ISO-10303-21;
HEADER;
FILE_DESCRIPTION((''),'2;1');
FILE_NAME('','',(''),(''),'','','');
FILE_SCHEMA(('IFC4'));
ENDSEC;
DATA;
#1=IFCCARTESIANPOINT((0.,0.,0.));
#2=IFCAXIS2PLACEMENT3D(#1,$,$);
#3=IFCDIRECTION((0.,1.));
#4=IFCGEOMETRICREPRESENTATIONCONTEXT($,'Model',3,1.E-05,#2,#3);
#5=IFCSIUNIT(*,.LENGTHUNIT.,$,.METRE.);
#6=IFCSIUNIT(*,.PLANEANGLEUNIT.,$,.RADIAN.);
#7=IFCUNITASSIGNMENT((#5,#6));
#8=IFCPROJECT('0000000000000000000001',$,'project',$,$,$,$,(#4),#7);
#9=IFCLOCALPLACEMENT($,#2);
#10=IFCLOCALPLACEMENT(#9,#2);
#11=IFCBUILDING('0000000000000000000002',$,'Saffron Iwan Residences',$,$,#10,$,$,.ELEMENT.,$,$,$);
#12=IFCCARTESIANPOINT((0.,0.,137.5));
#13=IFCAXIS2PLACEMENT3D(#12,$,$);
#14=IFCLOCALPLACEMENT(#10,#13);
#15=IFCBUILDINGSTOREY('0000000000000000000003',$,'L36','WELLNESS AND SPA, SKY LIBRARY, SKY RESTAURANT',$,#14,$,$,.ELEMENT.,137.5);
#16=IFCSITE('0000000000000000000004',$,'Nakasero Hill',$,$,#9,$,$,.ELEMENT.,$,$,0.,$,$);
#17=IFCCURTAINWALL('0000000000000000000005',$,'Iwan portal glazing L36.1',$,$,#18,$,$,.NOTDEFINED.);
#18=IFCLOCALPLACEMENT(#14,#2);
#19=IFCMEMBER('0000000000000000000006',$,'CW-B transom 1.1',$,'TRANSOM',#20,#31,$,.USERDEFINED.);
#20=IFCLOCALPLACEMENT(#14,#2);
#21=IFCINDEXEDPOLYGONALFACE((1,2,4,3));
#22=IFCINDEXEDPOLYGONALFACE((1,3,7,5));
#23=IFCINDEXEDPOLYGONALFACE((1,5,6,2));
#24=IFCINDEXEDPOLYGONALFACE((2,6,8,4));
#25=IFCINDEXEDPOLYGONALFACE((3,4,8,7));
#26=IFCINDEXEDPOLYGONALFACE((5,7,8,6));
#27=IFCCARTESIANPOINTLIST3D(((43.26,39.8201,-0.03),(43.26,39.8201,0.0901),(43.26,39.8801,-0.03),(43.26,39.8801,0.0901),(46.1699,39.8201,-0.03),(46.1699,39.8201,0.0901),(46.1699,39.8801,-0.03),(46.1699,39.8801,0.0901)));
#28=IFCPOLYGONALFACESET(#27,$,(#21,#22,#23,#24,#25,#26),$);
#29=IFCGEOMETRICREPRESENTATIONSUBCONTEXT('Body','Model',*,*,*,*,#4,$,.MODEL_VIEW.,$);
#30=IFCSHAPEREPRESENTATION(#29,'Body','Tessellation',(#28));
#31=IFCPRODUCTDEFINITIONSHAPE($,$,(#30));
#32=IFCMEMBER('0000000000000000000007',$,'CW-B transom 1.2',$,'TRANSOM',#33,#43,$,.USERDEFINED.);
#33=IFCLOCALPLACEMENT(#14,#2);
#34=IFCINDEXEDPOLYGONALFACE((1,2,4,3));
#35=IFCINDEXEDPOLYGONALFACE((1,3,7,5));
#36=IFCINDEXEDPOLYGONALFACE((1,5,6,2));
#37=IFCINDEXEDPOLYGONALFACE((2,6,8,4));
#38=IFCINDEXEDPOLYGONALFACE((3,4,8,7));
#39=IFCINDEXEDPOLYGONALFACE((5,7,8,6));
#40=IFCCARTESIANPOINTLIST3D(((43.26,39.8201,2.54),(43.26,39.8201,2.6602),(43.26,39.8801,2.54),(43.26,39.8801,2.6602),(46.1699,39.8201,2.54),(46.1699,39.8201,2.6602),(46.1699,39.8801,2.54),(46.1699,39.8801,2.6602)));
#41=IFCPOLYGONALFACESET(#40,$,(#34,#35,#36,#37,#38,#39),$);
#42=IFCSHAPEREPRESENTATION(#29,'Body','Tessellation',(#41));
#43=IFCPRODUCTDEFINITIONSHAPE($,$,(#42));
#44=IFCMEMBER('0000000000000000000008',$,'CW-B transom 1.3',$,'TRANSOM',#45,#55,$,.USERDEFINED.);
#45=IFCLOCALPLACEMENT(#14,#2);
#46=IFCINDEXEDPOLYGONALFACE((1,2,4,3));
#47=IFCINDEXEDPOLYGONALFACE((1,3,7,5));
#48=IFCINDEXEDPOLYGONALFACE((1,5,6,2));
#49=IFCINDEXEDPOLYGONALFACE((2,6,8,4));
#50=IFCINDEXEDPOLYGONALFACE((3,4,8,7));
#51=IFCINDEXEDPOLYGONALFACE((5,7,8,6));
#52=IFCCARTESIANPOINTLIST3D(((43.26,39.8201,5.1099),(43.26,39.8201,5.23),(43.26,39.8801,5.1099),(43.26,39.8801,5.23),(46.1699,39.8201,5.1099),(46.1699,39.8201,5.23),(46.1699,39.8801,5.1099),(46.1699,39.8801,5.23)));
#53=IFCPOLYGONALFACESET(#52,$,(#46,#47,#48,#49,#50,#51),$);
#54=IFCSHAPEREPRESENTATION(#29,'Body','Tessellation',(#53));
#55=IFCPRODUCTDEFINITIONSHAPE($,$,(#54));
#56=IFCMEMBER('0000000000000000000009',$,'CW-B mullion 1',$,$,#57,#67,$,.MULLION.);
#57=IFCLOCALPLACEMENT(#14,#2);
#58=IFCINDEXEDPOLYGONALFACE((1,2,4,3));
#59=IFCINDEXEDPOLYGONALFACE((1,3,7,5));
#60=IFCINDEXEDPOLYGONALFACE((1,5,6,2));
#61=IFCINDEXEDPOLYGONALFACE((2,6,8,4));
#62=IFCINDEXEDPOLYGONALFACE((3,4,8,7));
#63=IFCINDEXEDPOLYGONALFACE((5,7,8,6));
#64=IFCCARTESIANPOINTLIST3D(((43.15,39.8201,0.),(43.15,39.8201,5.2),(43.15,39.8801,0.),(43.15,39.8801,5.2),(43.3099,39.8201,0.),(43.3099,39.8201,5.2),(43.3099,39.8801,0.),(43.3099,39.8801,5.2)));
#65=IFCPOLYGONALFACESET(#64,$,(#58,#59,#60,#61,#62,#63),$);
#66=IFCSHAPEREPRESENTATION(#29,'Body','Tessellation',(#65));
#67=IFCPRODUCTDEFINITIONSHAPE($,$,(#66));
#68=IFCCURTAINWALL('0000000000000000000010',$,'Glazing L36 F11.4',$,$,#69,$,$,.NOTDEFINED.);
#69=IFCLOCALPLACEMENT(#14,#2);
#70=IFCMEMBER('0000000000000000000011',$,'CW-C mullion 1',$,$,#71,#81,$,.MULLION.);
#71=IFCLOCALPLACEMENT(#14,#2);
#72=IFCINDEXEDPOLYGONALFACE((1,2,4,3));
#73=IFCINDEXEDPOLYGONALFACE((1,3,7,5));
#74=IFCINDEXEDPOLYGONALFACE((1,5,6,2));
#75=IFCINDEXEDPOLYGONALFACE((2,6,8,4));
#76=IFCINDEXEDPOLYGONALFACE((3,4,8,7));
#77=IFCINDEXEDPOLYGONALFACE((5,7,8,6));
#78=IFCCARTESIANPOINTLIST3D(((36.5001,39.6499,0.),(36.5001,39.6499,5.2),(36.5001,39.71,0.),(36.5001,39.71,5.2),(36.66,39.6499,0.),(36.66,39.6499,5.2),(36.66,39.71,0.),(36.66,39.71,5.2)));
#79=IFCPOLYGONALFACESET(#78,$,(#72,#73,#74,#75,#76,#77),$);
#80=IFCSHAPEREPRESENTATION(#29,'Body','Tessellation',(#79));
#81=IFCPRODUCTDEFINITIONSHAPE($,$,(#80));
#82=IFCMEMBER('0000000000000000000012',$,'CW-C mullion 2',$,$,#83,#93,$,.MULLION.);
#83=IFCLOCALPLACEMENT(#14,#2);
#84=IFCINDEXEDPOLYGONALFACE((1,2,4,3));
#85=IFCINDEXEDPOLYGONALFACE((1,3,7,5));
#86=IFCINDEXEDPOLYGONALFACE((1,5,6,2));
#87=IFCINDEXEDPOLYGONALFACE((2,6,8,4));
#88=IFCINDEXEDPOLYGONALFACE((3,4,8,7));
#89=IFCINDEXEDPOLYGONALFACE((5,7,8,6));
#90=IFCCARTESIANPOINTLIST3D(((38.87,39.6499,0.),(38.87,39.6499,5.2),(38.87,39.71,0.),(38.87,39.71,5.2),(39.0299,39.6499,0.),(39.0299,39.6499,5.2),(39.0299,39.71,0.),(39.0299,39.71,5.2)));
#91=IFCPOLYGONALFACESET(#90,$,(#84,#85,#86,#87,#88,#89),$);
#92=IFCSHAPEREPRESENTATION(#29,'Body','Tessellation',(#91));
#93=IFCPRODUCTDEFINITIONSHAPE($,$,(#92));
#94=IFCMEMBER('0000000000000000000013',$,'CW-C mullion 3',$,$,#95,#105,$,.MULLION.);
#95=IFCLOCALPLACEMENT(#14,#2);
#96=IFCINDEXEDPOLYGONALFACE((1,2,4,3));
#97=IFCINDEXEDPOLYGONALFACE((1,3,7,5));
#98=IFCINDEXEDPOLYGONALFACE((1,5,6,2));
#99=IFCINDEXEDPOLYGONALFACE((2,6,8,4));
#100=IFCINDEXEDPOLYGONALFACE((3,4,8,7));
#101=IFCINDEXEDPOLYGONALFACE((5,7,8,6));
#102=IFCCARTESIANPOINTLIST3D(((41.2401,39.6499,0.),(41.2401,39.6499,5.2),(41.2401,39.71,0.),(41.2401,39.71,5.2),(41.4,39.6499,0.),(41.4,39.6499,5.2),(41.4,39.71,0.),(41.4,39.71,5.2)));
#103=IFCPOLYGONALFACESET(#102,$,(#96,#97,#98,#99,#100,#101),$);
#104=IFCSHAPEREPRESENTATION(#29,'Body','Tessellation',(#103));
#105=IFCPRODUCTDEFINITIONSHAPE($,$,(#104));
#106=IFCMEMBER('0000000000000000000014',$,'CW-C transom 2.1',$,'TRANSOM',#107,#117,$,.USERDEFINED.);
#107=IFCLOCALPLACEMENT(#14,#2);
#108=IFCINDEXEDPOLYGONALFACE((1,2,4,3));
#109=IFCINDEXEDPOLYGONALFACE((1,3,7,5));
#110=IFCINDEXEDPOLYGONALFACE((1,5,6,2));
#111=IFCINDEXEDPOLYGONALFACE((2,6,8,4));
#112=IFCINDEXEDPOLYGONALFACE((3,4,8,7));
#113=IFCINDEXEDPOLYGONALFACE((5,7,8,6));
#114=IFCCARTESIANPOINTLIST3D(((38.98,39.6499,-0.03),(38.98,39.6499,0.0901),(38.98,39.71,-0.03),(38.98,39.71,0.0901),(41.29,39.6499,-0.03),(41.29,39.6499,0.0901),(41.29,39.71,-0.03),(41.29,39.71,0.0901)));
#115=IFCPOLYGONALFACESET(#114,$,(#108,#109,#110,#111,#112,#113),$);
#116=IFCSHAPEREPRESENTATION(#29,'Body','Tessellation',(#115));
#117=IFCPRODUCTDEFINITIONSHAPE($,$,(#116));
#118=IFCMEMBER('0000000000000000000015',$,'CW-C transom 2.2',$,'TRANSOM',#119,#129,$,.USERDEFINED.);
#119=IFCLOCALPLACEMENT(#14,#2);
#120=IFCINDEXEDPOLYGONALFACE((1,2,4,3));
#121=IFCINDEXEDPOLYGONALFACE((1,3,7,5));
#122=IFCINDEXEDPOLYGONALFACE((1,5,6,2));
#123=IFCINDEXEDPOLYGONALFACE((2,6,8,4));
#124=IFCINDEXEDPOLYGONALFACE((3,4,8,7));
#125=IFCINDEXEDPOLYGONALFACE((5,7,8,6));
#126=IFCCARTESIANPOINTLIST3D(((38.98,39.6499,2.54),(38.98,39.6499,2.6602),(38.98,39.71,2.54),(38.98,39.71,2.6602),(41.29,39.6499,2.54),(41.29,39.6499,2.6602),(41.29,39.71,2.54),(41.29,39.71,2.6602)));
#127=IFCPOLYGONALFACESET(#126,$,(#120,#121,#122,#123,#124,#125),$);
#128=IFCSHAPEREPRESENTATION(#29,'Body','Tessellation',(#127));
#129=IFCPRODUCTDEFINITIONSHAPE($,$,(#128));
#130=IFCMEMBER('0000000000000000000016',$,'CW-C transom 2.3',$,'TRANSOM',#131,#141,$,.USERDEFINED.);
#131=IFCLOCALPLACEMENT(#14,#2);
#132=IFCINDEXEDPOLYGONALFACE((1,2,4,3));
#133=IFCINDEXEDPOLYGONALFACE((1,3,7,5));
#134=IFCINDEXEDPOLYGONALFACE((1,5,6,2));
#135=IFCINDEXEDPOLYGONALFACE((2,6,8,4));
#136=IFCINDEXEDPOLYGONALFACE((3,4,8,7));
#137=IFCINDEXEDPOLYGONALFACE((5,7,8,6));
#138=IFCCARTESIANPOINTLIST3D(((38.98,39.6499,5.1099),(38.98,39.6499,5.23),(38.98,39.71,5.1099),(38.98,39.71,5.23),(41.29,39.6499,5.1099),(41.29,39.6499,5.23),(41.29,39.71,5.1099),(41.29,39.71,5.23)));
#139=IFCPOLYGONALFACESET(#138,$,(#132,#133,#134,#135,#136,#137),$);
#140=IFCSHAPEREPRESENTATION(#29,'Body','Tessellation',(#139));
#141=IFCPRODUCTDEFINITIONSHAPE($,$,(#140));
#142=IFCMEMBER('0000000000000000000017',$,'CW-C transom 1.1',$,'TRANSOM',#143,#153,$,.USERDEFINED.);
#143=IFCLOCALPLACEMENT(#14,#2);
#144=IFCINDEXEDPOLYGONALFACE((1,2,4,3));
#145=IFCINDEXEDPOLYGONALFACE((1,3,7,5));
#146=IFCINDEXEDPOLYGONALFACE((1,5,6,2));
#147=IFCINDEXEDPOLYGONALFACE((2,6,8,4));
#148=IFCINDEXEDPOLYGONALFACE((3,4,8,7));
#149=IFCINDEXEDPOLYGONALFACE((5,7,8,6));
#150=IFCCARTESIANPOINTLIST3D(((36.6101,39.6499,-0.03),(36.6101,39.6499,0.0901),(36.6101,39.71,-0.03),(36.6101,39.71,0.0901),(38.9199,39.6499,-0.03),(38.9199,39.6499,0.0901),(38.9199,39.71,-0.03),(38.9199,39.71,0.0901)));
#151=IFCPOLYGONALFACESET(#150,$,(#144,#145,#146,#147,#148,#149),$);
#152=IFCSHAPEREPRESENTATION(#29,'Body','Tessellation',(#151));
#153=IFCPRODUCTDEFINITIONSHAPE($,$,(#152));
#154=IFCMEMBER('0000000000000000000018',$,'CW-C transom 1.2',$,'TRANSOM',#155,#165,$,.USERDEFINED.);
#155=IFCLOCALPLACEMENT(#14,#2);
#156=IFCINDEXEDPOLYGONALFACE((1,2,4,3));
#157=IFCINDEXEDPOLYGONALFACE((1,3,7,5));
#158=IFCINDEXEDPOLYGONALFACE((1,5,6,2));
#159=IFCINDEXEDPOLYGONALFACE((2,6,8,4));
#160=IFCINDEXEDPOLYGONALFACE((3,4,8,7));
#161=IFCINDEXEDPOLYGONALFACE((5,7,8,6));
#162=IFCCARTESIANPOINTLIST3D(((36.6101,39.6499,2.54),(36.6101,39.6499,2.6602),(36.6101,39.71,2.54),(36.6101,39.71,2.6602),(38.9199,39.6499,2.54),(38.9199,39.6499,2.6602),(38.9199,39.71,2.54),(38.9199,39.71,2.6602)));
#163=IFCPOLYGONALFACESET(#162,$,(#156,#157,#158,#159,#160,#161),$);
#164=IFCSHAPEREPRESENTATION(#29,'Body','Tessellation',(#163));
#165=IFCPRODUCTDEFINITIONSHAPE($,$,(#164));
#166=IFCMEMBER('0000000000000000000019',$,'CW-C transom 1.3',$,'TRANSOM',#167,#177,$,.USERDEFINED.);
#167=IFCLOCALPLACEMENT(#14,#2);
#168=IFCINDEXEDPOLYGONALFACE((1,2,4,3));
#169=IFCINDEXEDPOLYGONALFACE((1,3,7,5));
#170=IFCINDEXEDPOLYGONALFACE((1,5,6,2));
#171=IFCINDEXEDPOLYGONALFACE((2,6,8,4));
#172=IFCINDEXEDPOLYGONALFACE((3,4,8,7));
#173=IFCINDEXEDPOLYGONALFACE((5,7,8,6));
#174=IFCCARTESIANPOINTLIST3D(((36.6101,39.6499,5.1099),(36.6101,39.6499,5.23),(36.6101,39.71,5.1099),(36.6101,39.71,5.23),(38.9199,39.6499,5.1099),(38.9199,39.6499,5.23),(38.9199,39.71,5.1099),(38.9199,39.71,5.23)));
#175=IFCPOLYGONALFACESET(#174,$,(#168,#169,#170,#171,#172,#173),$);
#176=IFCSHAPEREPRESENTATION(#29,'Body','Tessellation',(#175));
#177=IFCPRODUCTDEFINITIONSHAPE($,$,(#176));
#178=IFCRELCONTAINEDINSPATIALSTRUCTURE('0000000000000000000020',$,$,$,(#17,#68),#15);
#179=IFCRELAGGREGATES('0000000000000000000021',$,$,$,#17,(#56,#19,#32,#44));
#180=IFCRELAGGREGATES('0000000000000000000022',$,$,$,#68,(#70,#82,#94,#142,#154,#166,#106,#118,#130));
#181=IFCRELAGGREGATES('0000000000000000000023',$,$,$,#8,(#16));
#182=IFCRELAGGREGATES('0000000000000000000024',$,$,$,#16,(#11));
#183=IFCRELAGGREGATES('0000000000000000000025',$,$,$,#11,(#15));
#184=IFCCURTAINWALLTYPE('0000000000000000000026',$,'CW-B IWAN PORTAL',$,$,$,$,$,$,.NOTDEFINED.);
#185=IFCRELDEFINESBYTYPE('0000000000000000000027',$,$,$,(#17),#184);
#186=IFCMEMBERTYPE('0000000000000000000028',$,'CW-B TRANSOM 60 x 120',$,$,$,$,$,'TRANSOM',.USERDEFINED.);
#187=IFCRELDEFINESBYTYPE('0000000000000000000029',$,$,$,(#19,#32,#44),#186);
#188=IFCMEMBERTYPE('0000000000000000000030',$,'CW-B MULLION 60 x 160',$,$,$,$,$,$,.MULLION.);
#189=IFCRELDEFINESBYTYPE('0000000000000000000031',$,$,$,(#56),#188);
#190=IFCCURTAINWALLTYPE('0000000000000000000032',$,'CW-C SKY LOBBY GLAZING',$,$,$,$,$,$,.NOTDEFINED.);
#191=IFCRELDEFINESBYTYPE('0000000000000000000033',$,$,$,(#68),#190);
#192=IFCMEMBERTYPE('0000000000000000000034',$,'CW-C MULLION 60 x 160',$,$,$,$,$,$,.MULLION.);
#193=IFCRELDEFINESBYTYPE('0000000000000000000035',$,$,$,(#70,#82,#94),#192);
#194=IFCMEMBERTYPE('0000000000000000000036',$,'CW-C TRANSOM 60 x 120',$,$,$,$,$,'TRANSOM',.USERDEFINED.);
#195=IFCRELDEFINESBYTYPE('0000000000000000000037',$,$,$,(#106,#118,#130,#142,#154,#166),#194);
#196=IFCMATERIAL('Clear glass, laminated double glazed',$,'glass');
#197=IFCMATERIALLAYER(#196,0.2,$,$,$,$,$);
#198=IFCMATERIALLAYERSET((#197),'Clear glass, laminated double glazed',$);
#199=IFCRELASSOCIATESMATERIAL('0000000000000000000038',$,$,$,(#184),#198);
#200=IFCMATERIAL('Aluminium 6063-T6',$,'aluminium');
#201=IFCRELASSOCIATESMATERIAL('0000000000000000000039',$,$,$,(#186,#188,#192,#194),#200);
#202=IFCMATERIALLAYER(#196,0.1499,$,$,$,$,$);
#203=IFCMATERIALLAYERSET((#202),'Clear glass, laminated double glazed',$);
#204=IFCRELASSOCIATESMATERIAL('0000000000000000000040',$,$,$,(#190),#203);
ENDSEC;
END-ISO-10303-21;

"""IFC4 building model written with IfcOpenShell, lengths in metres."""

from ifc_helpers import new_model, si_unit, direction, frame, origin, origin_2d, place, context, subcontext, project, spatial, rectangle, extrude, source, transform, mapped, material, layer, layer_set, material_profile, profile_set, type_object, element, aggregate, save


model = new_model("IFC4")

# Units and contexts
model_context = context("Model", 3, precision=1e-05, world=origin(), true_north=direction((0.0, 1.0)))
body_context = subcontext(model_context, "Body", "Model", "MODEL_VIEW")
ifc_project = project(units=[si_unit("LENGTHUNIT", "METRE"), si_unit("PLANEANGLEUNIT", "RADIAN")], contexts=[model_context])

# Site, building, storey
site_placement = place(None, origin())
site = spatial("IfcSite", under=ifc_project, at=site_placement, Name="Nakasero Hill", CompositionType="ELEMENT", RefElevation=0.0)
building_placement = place(site_placement, origin())
building = spatial("IfcBuilding", under=site, at=building_placement, Name="Saffron Iwan Residences", CompositionType="ELEMENT")
storey_placement = place(building_placement, frame((0.0, 0.0, 137.5)))
storey = spatial("IfcBuildingStorey", under=building, at=storey_placement, Name="L36", Description="WELLNESS AND SPA, SKY LIBRARY, SKY RESTAURANT", CompositionType="ELEMENT", Elevation=137.5)

# Curtain wall, members
ifc_material_1 = material(Name="Clear glass, laminated double glazed", Category="glass")
ifc_layer_1 = layer(ifc_material_1, 0.2)
ifc_layer_set_1 = layer_set([ifc_layer_1], Name="Clear glass, laminated double glazed")
curtain_wall_type_1 = type_object("IfcCurtainWallType", Name="CW-B IWAN PORTAL", PredefinedType="NOTDEFINED", material=ifc_layer_set_1)
curtain_wall_1_placement = place(storey_placement, origin())
curtain_wall_1 = element("IfcCurtainWall", 1, at=curtain_wall_1_placement, inside=storey, type_object=curtain_wall_type_1, Name="Iwan portal glazing L36.1", PredefinedType="NOTDEFINED")
ifc_material_2 = material(Name="Aluminium 6063-T6", Category="aluminium")
ifc_material_profile_1 = material_profile(ifc_material_2, rectangle(XDim=0.0601, YDim=0.1201, at=origin_2d()), Name="CW-B TRANSOM 60 x 120")
ifc_profile_set_1 = profile_set([ifc_material_profile_1], Name="Aluminium 6063-T6")
member_type_1 = type_object("IfcMemberType", Name="CW-B TRANSOM 60 x 120", ElementType="TRANSOM", PredefinedType="USERDEFINED", material=ifc_profile_set_1)
shared_shape_1 = source(origin(), body_context, "Body", "SweptSolid", [
    extrude(rectangle(XDim=0.0601, YDim=0.1201, at=origin_2d()), origin(), (0.0, 0.0, 1.0), 2.9099),
])
member_1_placement = place(storey_placement, frame((43.26, 39.8501, 0.03), z_axis=(1.0, 0.0, 0.0), x_axis=(0.0, 1.0, 0.0)))
member_1 = element("IfcMember", 2, at=member_1_placement, type_object=member_type_1, Name="CW-B transom 1.1", ObjectType="TRANSOM", PredefinedType="USERDEFINED", context=body_context, shape_type="MappedRepresentation", body=[
    mapped(shared_shape_1, transform((0.0, 0.0, 0.0))),
])
member_2_placement = place(storey_placement, frame((43.26, 39.8501, 2.6001), z_axis=(1.0, 0.0, 0.0), x_axis=(0.0, 1.0, 0.0)))
member_2 = element("IfcMember", 3, at=member_2_placement, type_object=member_type_1, Name="CW-B transom 1.2", ObjectType="TRANSOM", PredefinedType="USERDEFINED", context=body_context, shape_type="MappedRepresentation", body=[
    mapped(shared_shape_1, transform((0.0, 0.0, 0.0))),
])
member_3_placement = place(storey_placement, frame((43.26, 39.8501, 5.1699), z_axis=(1.0, 0.0, 0.0), x_axis=(0.0, 1.0, 0.0)))
member_3 = element("IfcMember", 4, at=member_3_placement, type_object=member_type_1, Name="CW-B transom 1.3", ObjectType="TRANSOM", PredefinedType="USERDEFINED", context=body_context, shape_type="MappedRepresentation", body=[
    mapped(shared_shape_1, transform((0.0, 0.0, 0.0))),
])
ifc_material_profile_2 = material_profile(ifc_material_2, rectangle(XDim=0.0601, YDim=0.1599, at=origin_2d()), Name="CW-B MULLION 60 x 160")
ifc_profile_set_2 = profile_set([ifc_material_profile_2], Name="Aluminium 6063-T6")
member_type_2 = type_object("IfcMemberType", Name="CW-B MULLION 60 x 160", PredefinedType="MULLION", material=ifc_profile_set_2)
shared_shape_2 = source(origin(), body_context, "Body", "SweptSolid", [
    extrude(rectangle(XDim=0.0601, YDim=0.1599, at=origin_2d()), origin(), (0.0, 0.0, 1.0), 5.2),
])
member_4_placement = place(storey_placement, frame((43.23, 39.8501, 0.0), z_axis=(0.0, 0.0, 1.0), x_axis=(0.0, 1.0, 0.0)))
member_4 = element("IfcMember", 5, at=member_4_placement, type_object=member_type_2, Name="CW-B mullion 1", PredefinedType="MULLION", context=body_context, shape_type="MappedRepresentation", body=[
    mapped(shared_shape_2, transform((0.0, 0.0, 0.0))),
])
aggregate(curtain_wall_1, [member_4, member_1, member_2, member_3])

# Curtain wall, members
ifc_layer_2 = layer(ifc_material_1, 0.1499)
ifc_layer_set_2 = layer_set([ifc_layer_2], Name="Clear glass, laminated double glazed")
curtain_wall_type_2 = type_object("IfcCurtainWallType", Name="CW-C SKY LOBBY GLAZING", PredefinedType="NOTDEFINED", material=ifc_layer_set_2)
curtain_wall_2_placement = place(storey_placement, origin())
curtain_wall_2 = element("IfcCurtainWall", 6, at=curtain_wall_2_placement, inside=storey, type_object=curtain_wall_type_2, Name="Glazing L36 F11.4", PredefinedType="NOTDEFINED")
ifc_material_profile_3 = material_profile(ifc_material_2, rectangle(XDim=0.0601, YDim=0.1599, at=origin_2d()), Name="CW-C MULLION 60 x 160")
ifc_profile_set_3 = profile_set([ifc_material_profile_3], Name="Aluminium 6063-T6")
member_type_3 = type_object("IfcMemberType", Name="CW-C MULLION 60 x 160", PredefinedType="MULLION", material=ifc_profile_set_3)
shared_shape_3 = source(origin(), body_context, "Body", "SweptSolid", [
    extrude(rectangle(XDim=0.0601, YDim=0.1599, at=origin_2d()), origin(), (0.0, 0.0, 1.0), 5.2),
])
member_5_placement = place(storey_placement, frame((36.5801, 39.6799, 0.0), z_axis=(0.0, 0.0, 1.0), x_axis=(0.0, 1.0, 0.0)))
member_5 = element("IfcMember", 7, at=member_5_placement, type_object=member_type_3, Name="CW-C mullion 1", PredefinedType="MULLION", context=body_context, shape_type="MappedRepresentation", body=[
    mapped(shared_shape_3, transform((0.0, 0.0, 0.0))),
])
member_6_placement = place(storey_placement, frame((38.95, 39.6799, 0.0), z_axis=(0.0, 0.0, 1.0), x_axis=(0.0, 1.0, 0.0)))
member_6 = element("IfcMember", 8, at=member_6_placement, type_object=member_type_3, Name="CW-C mullion 2", PredefinedType="MULLION", context=body_context, shape_type="MappedRepresentation", body=[
    mapped(shared_shape_3, transform((0.0, 0.0, 0.0))),
])
member_7_placement = place(storey_placement, frame((41.3201, 39.6799, 0.0), z_axis=(0.0, 0.0, 1.0), x_axis=(0.0, 1.0, 0.0)))
member_7 = element("IfcMember", 9, at=member_7_placement, type_object=member_type_3, Name="CW-C mullion 3", PredefinedType="MULLION", context=body_context, shape_type="MappedRepresentation", body=[
    mapped(shared_shape_3, transform((0.0, 0.0, 0.0))),
])
ifc_material_profile_4 = material_profile(ifc_material_2, rectangle(XDim=0.0601, YDim=0.1201, at=origin_2d()), Name="CW-C TRANSOM 60 x 120")
ifc_profile_set_4 = profile_set([ifc_material_profile_4], Name="Aluminium 6063-T6")
member_type_4 = type_object("IfcMemberType", Name="CW-C TRANSOM 60 x 120", ElementType="TRANSOM", PredefinedType="USERDEFINED", material=ifc_profile_set_4)
shared_shape_4 = source(origin(), body_context, "Body", "SweptSolid", [
    extrude(rectangle(XDim=0.0601, YDim=0.1201, at=origin_2d()), origin(), (0.0, 0.0, 1.0), 2.3101),
])
member_8_placement = place(storey_placement, frame((38.98, 39.6799, 0.03), z_axis=(1.0, 0.0, 0.0), x_axis=(0.0, 1.0, 0.0)))
member_8 = element("IfcMember", 10, at=member_8_placement, type_object=member_type_4, Name="CW-C transom 2.1", ObjectType="TRANSOM", PredefinedType="USERDEFINED", context=body_context, shape_type="MappedRepresentation", body=[
    mapped(shared_shape_4, transform((0.0, 0.0, 0.0))),
])
member_9_placement = place(storey_placement, frame((38.98, 39.6799, 2.6001), z_axis=(1.0, 0.0, 0.0), x_axis=(0.0, 1.0, 0.0)))
member_9 = element("IfcMember", 11, at=member_9_placement, type_object=member_type_4, Name="CW-C transom 2.2", ObjectType="TRANSOM", PredefinedType="USERDEFINED", context=body_context, shape_type="MappedRepresentation", body=[
    mapped(shared_shape_4, transform((0.0, 0.0, 0.0))),
])
member_10_placement = place(storey_placement, frame((38.98, 39.6799, 5.1699), z_axis=(1.0, 0.0, 0.0), x_axis=(0.0, 1.0, 0.0)))
member_10 = element("IfcMember", 12, at=member_10_placement, type_object=member_type_4, Name="CW-C transom 2.3", ObjectType="TRANSOM", PredefinedType="USERDEFINED", context=body_context, shape_type="MappedRepresentation", body=[
    mapped(shared_shape_4, transform((0.0, 0.0, 0.0))),
])
shared_shape_5 = source(origin(), body_context, "Body", "SweptSolid", [
    extrude(rectangle(XDim=0.0601, YDim=0.1201, at=origin_2d()), origin(), (0.0, 0.0, 1.0), 2.3098),
])
member_11_placement = place(storey_placement, frame((36.6101, 39.6799, 0.03), z_axis=(1.0, 0.0, 0.0), x_axis=(0.0, 1.0, 0.0)))
member_11 = element("IfcMember", 13, at=member_11_placement, type_object=member_type_4, Name="CW-C transom 1.1", ObjectType="TRANSOM", PredefinedType="USERDEFINED", context=body_context, shape_type="MappedRepresentation", body=[
    mapped(shared_shape_5, transform((0.0, 0.0, 0.0))),
])
member_12_placement = place(storey_placement, frame((36.6101, 39.6799, 2.6001), z_axis=(1.0, 0.0, 0.0), x_axis=(0.0, 1.0, 0.0)))
member_12 = element("IfcMember", 14, at=member_12_placement, type_object=member_type_4, Name="CW-C transom 1.2", ObjectType="TRANSOM", PredefinedType="USERDEFINED", context=body_context, shape_type="MappedRepresentation", body=[
    mapped(shared_shape_5, transform((0.0, 0.0, 0.0))),
])
member_13_placement = place(storey_placement, frame((36.6101, 39.6799, 5.1699), z_axis=(1.0, 0.0, 0.0), x_axis=(0.0, 1.0, 0.0)))
member_13 = element("IfcMember", 15, at=member_13_placement, type_object=member_type_4, Name="CW-C transom 1.3", ObjectType="TRANSOM", PredefinedType="USERDEFINED", context=body_context, shape_type="MappedRepresentation", body=[
    mapped(shared_shape_5, transform((0.0, 0.0, 0.0))),
])
aggregate(curtain_wall_2, [member_5, member_6, member_7, member_11, member_12, member_13, member_8, member_9, member_10])

save(model, "model.ifc")
